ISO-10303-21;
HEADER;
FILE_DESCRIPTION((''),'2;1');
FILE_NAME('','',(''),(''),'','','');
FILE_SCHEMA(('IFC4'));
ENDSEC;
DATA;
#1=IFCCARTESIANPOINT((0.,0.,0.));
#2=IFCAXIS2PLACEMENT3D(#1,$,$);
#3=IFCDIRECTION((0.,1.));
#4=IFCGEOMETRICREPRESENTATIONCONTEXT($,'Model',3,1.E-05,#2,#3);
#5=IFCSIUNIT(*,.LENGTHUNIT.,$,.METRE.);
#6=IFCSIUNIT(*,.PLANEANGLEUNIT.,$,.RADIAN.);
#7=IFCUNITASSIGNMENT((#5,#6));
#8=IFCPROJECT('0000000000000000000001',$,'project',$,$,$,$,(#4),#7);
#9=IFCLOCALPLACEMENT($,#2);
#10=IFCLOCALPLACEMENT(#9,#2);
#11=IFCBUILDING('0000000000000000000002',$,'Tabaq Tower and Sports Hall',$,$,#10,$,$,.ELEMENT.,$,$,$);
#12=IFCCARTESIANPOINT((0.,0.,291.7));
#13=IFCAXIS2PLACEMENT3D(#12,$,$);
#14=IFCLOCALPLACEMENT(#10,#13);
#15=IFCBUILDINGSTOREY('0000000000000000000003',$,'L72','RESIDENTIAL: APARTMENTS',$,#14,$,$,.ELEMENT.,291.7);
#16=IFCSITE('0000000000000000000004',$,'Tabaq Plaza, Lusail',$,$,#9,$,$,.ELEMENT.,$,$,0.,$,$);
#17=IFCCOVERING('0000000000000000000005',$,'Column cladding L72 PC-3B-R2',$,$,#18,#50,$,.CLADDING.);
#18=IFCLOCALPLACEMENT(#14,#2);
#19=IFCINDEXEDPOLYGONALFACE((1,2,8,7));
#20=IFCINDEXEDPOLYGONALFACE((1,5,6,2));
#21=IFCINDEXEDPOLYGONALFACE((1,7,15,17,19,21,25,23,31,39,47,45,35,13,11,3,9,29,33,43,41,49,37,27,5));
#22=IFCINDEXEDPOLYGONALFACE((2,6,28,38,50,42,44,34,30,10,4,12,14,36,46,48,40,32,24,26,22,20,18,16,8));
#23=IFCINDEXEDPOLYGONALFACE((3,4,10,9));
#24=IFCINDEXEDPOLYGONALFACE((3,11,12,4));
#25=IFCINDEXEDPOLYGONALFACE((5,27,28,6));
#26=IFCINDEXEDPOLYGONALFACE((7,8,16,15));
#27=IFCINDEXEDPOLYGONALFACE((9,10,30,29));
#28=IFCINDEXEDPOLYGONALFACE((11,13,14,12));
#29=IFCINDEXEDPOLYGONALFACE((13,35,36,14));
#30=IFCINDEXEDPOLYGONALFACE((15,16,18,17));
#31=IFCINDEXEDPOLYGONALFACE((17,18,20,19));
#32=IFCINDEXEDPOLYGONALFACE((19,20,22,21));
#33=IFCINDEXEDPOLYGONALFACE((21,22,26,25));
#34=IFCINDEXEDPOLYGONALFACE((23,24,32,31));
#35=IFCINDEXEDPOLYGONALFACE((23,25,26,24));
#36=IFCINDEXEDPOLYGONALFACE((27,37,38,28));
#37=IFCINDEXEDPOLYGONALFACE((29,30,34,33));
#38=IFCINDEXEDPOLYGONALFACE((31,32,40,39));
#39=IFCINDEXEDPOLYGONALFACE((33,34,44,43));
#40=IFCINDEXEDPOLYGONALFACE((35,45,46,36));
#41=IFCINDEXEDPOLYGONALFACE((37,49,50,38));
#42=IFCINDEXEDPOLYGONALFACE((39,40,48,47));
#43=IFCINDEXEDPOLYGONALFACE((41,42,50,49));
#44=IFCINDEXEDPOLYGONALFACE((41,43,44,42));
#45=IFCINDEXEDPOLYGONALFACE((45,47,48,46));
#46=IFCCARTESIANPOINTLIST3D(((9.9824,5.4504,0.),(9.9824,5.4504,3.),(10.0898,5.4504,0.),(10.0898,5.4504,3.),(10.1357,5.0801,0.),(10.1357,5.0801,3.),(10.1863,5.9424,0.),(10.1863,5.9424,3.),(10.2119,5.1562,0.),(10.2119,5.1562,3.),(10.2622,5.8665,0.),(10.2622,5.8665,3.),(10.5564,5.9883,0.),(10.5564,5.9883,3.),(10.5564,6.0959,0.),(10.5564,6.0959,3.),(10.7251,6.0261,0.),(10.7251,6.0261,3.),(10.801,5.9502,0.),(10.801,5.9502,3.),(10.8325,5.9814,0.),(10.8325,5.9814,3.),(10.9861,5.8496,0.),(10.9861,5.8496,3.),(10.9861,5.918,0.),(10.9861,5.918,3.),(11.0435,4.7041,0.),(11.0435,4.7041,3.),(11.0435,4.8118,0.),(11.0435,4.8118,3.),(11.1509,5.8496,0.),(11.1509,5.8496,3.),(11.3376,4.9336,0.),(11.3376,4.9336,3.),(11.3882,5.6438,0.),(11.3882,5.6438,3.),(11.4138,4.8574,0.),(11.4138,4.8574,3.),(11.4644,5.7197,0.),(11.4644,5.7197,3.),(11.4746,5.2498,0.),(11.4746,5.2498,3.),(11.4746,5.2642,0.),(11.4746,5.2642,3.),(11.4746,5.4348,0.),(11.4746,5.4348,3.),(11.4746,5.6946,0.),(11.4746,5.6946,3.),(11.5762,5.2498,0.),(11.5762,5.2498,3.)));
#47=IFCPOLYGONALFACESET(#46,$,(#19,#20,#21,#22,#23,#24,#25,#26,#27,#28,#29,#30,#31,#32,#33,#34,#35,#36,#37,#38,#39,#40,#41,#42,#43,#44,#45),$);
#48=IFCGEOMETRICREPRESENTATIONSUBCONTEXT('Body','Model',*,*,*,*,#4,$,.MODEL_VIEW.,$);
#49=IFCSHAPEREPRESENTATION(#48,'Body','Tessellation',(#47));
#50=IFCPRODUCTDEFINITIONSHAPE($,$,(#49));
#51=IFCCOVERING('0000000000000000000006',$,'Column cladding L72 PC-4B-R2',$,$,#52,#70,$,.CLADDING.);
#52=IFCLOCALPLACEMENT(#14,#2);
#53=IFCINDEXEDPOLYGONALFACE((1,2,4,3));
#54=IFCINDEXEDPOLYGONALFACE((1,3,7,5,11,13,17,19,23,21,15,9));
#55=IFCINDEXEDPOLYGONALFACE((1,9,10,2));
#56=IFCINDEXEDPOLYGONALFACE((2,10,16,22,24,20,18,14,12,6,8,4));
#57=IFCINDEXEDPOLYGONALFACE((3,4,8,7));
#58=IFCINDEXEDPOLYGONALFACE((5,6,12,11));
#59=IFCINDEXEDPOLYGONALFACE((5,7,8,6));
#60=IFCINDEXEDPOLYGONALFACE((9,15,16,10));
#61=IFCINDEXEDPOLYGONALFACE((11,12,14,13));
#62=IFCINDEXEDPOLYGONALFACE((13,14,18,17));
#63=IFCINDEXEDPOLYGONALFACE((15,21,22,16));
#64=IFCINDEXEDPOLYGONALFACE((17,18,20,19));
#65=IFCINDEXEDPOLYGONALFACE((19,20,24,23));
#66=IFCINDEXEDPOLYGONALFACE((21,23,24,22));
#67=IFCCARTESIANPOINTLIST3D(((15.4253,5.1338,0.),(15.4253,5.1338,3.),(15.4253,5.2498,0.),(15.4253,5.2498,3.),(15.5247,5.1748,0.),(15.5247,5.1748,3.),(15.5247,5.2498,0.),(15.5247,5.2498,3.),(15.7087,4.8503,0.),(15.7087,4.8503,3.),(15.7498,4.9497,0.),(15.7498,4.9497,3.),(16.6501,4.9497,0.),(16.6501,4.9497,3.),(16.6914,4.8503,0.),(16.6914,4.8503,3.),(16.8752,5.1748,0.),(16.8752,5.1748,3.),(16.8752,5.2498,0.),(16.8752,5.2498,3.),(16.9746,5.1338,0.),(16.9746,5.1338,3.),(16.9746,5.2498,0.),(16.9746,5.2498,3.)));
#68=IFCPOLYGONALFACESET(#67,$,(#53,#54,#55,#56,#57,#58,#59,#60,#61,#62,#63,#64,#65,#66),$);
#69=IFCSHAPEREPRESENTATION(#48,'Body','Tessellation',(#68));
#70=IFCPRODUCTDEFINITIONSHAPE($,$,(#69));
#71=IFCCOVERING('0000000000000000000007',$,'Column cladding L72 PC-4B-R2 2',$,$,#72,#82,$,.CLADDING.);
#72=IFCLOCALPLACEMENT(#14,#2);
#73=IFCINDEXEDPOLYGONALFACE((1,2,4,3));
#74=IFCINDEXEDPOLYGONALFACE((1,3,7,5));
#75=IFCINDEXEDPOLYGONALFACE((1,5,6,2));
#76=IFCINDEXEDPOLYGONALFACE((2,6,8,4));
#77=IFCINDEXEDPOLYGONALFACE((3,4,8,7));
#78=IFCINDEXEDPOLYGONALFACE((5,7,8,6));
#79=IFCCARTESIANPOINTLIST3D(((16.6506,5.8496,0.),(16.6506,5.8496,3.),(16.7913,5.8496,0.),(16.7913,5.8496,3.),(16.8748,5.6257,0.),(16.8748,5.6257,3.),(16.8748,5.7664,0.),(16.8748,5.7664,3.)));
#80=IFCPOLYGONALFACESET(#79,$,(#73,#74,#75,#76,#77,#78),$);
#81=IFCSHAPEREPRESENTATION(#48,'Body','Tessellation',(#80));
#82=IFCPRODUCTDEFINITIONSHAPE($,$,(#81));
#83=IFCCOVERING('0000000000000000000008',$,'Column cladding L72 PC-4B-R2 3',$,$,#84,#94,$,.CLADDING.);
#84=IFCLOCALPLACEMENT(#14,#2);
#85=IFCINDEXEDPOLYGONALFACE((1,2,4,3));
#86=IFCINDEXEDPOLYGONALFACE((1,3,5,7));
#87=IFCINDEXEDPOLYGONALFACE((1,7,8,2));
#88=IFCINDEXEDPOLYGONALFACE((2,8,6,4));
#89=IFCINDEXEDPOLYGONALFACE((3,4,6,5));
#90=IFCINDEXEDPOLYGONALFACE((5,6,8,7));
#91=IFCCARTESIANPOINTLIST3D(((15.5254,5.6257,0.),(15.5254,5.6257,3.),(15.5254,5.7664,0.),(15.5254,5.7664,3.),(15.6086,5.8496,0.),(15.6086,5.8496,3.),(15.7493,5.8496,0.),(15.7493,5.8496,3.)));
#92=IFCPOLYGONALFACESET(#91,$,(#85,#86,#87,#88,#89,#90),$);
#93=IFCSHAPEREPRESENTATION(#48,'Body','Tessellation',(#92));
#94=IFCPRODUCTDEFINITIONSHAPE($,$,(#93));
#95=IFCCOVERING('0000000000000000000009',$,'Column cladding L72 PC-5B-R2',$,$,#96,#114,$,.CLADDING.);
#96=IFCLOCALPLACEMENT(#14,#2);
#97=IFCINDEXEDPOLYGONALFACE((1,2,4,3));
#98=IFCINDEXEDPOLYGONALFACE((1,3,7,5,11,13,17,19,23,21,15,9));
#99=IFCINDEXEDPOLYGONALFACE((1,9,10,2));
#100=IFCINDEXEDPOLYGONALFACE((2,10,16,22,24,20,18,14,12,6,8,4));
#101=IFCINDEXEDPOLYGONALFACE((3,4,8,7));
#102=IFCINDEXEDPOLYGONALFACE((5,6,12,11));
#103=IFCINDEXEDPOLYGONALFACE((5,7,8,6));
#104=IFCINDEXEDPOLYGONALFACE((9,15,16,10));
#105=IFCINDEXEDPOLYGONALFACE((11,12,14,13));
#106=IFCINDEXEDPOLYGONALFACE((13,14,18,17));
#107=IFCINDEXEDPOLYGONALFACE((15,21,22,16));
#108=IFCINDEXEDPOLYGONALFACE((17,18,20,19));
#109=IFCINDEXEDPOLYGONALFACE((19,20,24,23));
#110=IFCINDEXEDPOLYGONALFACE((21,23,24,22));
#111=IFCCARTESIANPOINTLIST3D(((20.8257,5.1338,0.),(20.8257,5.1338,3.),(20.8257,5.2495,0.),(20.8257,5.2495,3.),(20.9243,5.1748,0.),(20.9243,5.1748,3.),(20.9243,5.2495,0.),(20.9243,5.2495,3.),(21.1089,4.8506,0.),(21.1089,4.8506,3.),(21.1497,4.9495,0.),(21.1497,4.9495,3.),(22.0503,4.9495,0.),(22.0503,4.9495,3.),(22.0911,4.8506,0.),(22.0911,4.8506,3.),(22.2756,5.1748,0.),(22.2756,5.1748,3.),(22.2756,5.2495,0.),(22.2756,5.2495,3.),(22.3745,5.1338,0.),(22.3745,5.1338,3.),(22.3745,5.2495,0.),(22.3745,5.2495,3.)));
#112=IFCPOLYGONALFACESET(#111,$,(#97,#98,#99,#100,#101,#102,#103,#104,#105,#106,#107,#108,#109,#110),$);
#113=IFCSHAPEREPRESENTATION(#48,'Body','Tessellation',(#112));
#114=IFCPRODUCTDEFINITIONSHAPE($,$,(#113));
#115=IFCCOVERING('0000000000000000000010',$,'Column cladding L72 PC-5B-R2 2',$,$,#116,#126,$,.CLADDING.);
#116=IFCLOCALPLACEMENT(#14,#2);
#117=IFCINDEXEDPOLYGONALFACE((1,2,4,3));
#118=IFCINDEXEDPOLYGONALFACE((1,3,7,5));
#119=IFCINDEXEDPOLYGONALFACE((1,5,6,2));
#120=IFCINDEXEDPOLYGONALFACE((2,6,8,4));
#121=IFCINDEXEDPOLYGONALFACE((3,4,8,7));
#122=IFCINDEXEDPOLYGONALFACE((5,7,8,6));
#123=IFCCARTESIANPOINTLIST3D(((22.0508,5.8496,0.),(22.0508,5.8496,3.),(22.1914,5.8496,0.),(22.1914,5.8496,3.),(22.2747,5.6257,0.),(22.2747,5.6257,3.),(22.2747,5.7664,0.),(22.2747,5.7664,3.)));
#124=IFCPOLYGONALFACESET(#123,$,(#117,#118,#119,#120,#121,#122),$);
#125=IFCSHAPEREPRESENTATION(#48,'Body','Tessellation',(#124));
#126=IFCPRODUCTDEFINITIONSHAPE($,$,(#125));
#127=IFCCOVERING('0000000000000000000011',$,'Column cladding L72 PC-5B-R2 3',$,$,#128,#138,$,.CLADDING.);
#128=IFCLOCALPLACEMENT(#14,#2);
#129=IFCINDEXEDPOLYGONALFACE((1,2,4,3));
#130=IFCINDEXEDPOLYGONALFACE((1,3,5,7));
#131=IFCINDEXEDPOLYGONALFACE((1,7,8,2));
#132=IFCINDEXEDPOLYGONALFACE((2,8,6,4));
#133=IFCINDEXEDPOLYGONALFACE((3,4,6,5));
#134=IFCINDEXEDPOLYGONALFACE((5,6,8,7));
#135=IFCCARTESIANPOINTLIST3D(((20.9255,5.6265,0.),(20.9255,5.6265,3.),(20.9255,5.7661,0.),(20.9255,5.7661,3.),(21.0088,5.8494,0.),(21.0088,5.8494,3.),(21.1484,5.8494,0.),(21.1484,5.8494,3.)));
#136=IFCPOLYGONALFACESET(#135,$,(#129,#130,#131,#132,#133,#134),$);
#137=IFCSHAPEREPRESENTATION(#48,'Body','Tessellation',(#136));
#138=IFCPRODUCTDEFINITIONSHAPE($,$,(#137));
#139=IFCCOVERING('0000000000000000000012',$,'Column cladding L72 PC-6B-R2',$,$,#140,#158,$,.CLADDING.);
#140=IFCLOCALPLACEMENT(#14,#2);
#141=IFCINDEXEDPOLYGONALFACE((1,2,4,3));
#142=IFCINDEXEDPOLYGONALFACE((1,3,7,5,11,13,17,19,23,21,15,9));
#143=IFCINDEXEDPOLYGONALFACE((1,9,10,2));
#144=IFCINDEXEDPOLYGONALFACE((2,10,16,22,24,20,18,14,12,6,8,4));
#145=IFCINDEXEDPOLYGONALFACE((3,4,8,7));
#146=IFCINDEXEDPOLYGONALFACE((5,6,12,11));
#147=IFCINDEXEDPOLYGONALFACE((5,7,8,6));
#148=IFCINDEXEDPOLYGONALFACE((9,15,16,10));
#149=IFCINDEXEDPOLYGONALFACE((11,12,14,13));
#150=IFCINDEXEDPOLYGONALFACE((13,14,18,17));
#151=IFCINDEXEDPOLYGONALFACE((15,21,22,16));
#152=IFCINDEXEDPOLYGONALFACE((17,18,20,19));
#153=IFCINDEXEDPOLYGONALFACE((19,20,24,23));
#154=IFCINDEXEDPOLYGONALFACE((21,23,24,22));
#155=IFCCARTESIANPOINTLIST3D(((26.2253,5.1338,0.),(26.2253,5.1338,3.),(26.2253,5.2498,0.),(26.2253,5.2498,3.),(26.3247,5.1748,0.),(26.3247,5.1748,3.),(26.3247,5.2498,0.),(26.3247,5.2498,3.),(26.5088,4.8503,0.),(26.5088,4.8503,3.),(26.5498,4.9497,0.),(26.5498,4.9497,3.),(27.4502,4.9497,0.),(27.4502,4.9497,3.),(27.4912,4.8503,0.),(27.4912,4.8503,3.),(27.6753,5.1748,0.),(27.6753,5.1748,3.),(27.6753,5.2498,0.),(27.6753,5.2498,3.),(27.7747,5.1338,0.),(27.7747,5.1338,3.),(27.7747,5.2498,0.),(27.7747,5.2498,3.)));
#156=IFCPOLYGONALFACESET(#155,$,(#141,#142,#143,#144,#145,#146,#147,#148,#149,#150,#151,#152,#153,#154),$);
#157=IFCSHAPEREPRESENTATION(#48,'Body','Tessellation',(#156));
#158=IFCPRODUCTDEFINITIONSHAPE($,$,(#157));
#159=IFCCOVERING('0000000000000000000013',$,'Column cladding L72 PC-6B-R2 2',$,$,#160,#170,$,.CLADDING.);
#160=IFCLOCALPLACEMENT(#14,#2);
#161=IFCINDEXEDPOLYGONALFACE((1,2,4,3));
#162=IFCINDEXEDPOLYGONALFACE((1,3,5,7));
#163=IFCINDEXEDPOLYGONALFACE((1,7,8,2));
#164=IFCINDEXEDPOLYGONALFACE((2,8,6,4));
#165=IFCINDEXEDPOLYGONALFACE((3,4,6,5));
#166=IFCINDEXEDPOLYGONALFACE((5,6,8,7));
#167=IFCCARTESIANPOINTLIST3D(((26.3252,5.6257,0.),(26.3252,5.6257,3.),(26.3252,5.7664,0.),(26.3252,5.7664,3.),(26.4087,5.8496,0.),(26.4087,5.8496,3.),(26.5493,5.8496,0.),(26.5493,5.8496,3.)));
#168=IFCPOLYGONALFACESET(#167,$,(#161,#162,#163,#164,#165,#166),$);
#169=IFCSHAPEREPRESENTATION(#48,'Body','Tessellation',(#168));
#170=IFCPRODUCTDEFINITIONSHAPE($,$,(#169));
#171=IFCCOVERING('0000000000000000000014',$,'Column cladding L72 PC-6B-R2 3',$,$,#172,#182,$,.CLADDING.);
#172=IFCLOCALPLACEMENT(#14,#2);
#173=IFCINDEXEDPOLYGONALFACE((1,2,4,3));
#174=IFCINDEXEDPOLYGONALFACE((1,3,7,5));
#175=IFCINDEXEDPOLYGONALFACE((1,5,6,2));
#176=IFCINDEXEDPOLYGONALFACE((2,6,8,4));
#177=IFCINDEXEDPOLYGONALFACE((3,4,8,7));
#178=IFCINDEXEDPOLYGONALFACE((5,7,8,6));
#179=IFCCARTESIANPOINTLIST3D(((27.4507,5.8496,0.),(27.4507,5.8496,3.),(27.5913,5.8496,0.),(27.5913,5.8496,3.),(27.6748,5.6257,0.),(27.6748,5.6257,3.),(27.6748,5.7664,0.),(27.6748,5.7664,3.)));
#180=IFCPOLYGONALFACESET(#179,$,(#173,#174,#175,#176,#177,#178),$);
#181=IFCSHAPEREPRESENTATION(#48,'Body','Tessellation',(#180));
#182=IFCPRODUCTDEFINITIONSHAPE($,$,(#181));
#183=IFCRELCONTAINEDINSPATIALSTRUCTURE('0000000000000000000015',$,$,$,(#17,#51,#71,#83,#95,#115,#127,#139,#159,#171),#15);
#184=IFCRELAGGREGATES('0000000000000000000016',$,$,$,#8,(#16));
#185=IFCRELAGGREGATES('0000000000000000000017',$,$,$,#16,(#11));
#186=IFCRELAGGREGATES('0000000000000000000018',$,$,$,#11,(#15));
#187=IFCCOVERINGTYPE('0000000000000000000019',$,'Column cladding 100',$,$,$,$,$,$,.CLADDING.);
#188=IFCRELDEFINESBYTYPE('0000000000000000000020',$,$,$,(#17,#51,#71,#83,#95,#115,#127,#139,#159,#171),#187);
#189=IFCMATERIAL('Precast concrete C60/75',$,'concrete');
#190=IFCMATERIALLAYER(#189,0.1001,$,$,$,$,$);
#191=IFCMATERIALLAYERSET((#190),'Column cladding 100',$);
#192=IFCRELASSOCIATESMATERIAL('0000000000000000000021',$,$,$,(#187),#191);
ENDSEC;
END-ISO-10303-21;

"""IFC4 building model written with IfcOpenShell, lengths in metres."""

from ifc_helpers import new_model, si_unit, direction, frame, origin, place, context, subcontext, project, spatial, polyline, outline, extrude, material, layer, layer_set, type_object, element, save


model = new_model("IFC4")

# Units and contexts
model_context = context("Model", 3, precision=1e-05, world=origin(), true_north=direction((0.0, 1.0)))
body_context = subcontext(model_context, "Body", "Model", "MODEL_VIEW")
ifc_project = project(units=[si_unit("LENGTHUNIT", "METRE"), si_unit("PLANEANGLEUNIT", "RADIAN")], contexts=[model_context])

# Site, building, storey
site_placement = place(None, origin())
site = spatial("IfcSite", under=ifc_project, at=site_placement, Name="Tabaq Plaza, Lusail", CompositionType="ELEMENT", RefElevation=0.0)
building_placement = place(site_placement, origin())
building = spatial("IfcBuilding", under=site, at=building_placement, Name="Tabaq Tower and Sports Hall", CompositionType="ELEMENT")
storey_placement = place(building_placement, frame((0.0, 0.0, 291.7)))
storey = spatial("IfcBuildingStorey", under=building, at=storey_placement, Name="L72", Description="RESIDENTIAL: APARTMENTS", CompositionType="ELEMENT", Elevation=291.7)

# Coverings
ifc_material_1 = material(Name="Precast concrete C60/75", Category="concrete")
ifc_layer_1 = layer(ifc_material_1, 0.1001)
ifc_layer_set_1 = layer_set([ifc_layer_1], Name="Column cladding 100")
covering_type = type_object("IfcCoveringType", Name="Column cladding 100", PredefinedType="CLADDING", material=ifc_layer_set_1)
covering_1_placement = place(storey_placement, origin())
element("IfcCovering", 1, at=covering_1_placement, inside=storey, type_object=covering_type, Name="Column cladding L72 PC-3B-R2", PredefinedType="CLADDING", context=body_context, shape_type="SweptSolid", body=[
    extrude(outline(polyline([(11.4138, 4.8574), (11.0435, 4.7041), (10.1357, 5.0801), (9.9824, 5.4504), (10.1863, 5.9424), (10.5564, 6.0959), (10.7251, 6.0261), (10.801, 5.9502), (10.8325, 5.9814), (10.9861, 5.918), (10.9861, 5.8496), (11.1509, 5.8496), (11.4644, 5.7197), (11.4746, 5.6946), (11.4746, 5.4348), (11.3882, 5.6438), (10.5564, 5.9883), (10.2622, 5.8665), (10.0898, 5.4504), (10.2119, 5.1562), (11.0435, 4.8118), (11.3376, 4.9336), (11.4746, 5.2642), (11.4746, 5.2498), (11.5762, 5.2498), (11.4138, 4.8574)])), origin(), (0.0, 0.0, 1.0), 3.0),
])
covering_2_placement = place(storey_placement, origin())
element("IfcCovering", 2, at=covering_2_placement, inside=storey, type_object=covering_type, Name="Column cladding L72 PC-4B-R2", PredefinedType="CLADDING", context=body_context, shape_type="SweptSolid", body=[
    extrude(outline(polyline([(15.4253, 5.2498), (15.5247, 5.2498), (15.5247, 5.1748), (15.7498, 4.9497), (16.6501, 4.9497), (16.8752, 5.1748), (16.8752, 5.2498), (16.9746, 5.2498), (16.9746, 5.1338), (16.6914, 4.8503), (15.7087, 4.8503), (15.4253, 5.1338), (15.4253, 5.2498)])), origin(), (0.0, 0.0, 1.0), 3.0),
])
covering_3_placement = place(storey_placement, origin())
element("IfcCovering", 3, at=covering_3_placement, inside=storey, type_object=covering_type, Name="Column cladding L72 PC-4B-R2 2", PredefinedType="CLADDING", context=body_context, shape_type="SweptSolid", body=[
    extrude(outline(polyline([(16.8748, 5.7664), (16.8748, 5.6257), (16.6506, 5.8496), (16.7913, 5.8496), (16.8748, 5.7664)])), origin(), (0.0, 0.0, 1.0), 3.0),
])
covering_4_placement = place(storey_placement, origin())
element("IfcCovering", 4, at=covering_4_placement, inside=storey, type_object=covering_type, Name="Column cladding L72 PC-4B-R2 3", PredefinedType="CLADDING", context=body_context, shape_type="SweptSolid", body=[
    extrude(outline(polyline([(15.6086, 5.8496), (15.7493, 5.8496), (15.5254, 5.6257), (15.5254, 5.7664), (15.6086, 5.8496)])), origin(), (0.0, 0.0, 1.0), 3.0),
])
covering_5_placement = place(storey_placement, origin())
element("IfcCovering", 5, at=covering_5_placement, inside=storey, type_object=covering_type, Name="Column cladding L72 PC-5B-R2", PredefinedType="CLADDING", context=body_context, shape_type="SweptSolid", body=[
    extrude(outline(polyline([(20.8257, 5.2495), (20.9243, 5.2495), (20.9243, 5.1748), (21.1497, 4.9495), (22.0503, 4.9495), (22.2756, 5.1748), (22.2756, 5.2495), (22.3745, 5.2495), (22.3745, 5.1338), (22.0911, 4.8506), (21.1089, 4.8506), (20.8257, 5.1338), (20.8257, 5.2495)])), origin(), (0.0, 0.0, 1.0), 3.0),
])
covering_6_placement = place(storey_placement, origin())
element("IfcCovering", 6, at=covering_6_placement, inside=storey, type_object=covering_type, Name="Column cladding L72 PC-5B-R2 2", PredefinedType="CLADDING", context=body_context, shape_type="SweptSolid", body=[
    extrude(outline(polyline([(22.2747, 5.7664), (22.2747, 5.6257), (22.0508, 5.8496), (22.1914, 5.8496), (22.2747, 5.7664)])), origin(), (0.0, 0.0, 1.0), 3.0),
])
covering_7_placement = place(storey_placement, origin())
element("IfcCovering", 7, at=covering_7_placement, inside=storey, type_object=covering_type, Name="Column cladding L72 PC-5B-R2 3", PredefinedType="CLADDING", context=body_context, shape_type="SweptSolid", body=[
    extrude(outline(polyline([(20.9255, 5.6265), (20.9255, 5.7661), (21.0088, 5.8494), (21.1484, 5.8494), (20.9255, 5.6265)])), origin(), (0.0, 0.0, 1.0), 3.0),
])
covering_8_placement = place(storey_placement, origin())
element("IfcCovering", 8, at=covering_8_placement, inside=storey, type_object=covering_type, Name="Column cladding L72 PC-6B-R2", PredefinedType="CLADDING", context=body_context, shape_type="SweptSolid", body=[
    extrude(outline(polyline([(26.2253, 5.2498), (26.3247, 5.2498), (26.3247, 5.1748), (26.5498, 4.9497), (27.4502, 4.9497), (27.6753, 5.1748), (27.6753, 5.2498), (27.7747, 5.2498), (27.7747, 5.1338), (27.4912, 4.8503), (26.5088, 4.8503), (26.2253, 5.1338), (26.2253, 5.2498)])), origin(), (0.0, 0.0, 1.0), 3.0),
])
covering_9_placement = place(storey_placement, origin())
element("IfcCovering", 9, at=covering_9_placement, inside=storey, type_object=covering_type, Name="Column cladding L72 PC-6B-R2 2", PredefinedType="CLADDING", context=body_context, shape_type="SweptSolid", body=[
    extrude(outline(polyline([(26.4087, 5.8496), (26.5493, 5.8496), (26.3252, 5.6257), (26.3252, 5.7664), (26.4087, 5.8496)])), origin(), (0.0, 0.0, 1.0), 3.0),
])
covering_10_placement = place(storey_placement, origin())
element("IfcCovering", 10, at=covering_10_placement, inside=storey, type_object=covering_type, Name="Column cladding L72 PC-6B-R2 3", PredefinedType="CLADDING", context=body_context, shape_type="SweptSolid", body=[
    extrude(outline(polyline([(27.6748, 5.7664), (27.6748, 5.6257), (27.4507, 5.8496), (27.5913, 5.8496), (27.6748, 5.7664)])), origin(), (0.0, 0.0, 1.0), 3.0),
])

save(model, "model.ifc")
